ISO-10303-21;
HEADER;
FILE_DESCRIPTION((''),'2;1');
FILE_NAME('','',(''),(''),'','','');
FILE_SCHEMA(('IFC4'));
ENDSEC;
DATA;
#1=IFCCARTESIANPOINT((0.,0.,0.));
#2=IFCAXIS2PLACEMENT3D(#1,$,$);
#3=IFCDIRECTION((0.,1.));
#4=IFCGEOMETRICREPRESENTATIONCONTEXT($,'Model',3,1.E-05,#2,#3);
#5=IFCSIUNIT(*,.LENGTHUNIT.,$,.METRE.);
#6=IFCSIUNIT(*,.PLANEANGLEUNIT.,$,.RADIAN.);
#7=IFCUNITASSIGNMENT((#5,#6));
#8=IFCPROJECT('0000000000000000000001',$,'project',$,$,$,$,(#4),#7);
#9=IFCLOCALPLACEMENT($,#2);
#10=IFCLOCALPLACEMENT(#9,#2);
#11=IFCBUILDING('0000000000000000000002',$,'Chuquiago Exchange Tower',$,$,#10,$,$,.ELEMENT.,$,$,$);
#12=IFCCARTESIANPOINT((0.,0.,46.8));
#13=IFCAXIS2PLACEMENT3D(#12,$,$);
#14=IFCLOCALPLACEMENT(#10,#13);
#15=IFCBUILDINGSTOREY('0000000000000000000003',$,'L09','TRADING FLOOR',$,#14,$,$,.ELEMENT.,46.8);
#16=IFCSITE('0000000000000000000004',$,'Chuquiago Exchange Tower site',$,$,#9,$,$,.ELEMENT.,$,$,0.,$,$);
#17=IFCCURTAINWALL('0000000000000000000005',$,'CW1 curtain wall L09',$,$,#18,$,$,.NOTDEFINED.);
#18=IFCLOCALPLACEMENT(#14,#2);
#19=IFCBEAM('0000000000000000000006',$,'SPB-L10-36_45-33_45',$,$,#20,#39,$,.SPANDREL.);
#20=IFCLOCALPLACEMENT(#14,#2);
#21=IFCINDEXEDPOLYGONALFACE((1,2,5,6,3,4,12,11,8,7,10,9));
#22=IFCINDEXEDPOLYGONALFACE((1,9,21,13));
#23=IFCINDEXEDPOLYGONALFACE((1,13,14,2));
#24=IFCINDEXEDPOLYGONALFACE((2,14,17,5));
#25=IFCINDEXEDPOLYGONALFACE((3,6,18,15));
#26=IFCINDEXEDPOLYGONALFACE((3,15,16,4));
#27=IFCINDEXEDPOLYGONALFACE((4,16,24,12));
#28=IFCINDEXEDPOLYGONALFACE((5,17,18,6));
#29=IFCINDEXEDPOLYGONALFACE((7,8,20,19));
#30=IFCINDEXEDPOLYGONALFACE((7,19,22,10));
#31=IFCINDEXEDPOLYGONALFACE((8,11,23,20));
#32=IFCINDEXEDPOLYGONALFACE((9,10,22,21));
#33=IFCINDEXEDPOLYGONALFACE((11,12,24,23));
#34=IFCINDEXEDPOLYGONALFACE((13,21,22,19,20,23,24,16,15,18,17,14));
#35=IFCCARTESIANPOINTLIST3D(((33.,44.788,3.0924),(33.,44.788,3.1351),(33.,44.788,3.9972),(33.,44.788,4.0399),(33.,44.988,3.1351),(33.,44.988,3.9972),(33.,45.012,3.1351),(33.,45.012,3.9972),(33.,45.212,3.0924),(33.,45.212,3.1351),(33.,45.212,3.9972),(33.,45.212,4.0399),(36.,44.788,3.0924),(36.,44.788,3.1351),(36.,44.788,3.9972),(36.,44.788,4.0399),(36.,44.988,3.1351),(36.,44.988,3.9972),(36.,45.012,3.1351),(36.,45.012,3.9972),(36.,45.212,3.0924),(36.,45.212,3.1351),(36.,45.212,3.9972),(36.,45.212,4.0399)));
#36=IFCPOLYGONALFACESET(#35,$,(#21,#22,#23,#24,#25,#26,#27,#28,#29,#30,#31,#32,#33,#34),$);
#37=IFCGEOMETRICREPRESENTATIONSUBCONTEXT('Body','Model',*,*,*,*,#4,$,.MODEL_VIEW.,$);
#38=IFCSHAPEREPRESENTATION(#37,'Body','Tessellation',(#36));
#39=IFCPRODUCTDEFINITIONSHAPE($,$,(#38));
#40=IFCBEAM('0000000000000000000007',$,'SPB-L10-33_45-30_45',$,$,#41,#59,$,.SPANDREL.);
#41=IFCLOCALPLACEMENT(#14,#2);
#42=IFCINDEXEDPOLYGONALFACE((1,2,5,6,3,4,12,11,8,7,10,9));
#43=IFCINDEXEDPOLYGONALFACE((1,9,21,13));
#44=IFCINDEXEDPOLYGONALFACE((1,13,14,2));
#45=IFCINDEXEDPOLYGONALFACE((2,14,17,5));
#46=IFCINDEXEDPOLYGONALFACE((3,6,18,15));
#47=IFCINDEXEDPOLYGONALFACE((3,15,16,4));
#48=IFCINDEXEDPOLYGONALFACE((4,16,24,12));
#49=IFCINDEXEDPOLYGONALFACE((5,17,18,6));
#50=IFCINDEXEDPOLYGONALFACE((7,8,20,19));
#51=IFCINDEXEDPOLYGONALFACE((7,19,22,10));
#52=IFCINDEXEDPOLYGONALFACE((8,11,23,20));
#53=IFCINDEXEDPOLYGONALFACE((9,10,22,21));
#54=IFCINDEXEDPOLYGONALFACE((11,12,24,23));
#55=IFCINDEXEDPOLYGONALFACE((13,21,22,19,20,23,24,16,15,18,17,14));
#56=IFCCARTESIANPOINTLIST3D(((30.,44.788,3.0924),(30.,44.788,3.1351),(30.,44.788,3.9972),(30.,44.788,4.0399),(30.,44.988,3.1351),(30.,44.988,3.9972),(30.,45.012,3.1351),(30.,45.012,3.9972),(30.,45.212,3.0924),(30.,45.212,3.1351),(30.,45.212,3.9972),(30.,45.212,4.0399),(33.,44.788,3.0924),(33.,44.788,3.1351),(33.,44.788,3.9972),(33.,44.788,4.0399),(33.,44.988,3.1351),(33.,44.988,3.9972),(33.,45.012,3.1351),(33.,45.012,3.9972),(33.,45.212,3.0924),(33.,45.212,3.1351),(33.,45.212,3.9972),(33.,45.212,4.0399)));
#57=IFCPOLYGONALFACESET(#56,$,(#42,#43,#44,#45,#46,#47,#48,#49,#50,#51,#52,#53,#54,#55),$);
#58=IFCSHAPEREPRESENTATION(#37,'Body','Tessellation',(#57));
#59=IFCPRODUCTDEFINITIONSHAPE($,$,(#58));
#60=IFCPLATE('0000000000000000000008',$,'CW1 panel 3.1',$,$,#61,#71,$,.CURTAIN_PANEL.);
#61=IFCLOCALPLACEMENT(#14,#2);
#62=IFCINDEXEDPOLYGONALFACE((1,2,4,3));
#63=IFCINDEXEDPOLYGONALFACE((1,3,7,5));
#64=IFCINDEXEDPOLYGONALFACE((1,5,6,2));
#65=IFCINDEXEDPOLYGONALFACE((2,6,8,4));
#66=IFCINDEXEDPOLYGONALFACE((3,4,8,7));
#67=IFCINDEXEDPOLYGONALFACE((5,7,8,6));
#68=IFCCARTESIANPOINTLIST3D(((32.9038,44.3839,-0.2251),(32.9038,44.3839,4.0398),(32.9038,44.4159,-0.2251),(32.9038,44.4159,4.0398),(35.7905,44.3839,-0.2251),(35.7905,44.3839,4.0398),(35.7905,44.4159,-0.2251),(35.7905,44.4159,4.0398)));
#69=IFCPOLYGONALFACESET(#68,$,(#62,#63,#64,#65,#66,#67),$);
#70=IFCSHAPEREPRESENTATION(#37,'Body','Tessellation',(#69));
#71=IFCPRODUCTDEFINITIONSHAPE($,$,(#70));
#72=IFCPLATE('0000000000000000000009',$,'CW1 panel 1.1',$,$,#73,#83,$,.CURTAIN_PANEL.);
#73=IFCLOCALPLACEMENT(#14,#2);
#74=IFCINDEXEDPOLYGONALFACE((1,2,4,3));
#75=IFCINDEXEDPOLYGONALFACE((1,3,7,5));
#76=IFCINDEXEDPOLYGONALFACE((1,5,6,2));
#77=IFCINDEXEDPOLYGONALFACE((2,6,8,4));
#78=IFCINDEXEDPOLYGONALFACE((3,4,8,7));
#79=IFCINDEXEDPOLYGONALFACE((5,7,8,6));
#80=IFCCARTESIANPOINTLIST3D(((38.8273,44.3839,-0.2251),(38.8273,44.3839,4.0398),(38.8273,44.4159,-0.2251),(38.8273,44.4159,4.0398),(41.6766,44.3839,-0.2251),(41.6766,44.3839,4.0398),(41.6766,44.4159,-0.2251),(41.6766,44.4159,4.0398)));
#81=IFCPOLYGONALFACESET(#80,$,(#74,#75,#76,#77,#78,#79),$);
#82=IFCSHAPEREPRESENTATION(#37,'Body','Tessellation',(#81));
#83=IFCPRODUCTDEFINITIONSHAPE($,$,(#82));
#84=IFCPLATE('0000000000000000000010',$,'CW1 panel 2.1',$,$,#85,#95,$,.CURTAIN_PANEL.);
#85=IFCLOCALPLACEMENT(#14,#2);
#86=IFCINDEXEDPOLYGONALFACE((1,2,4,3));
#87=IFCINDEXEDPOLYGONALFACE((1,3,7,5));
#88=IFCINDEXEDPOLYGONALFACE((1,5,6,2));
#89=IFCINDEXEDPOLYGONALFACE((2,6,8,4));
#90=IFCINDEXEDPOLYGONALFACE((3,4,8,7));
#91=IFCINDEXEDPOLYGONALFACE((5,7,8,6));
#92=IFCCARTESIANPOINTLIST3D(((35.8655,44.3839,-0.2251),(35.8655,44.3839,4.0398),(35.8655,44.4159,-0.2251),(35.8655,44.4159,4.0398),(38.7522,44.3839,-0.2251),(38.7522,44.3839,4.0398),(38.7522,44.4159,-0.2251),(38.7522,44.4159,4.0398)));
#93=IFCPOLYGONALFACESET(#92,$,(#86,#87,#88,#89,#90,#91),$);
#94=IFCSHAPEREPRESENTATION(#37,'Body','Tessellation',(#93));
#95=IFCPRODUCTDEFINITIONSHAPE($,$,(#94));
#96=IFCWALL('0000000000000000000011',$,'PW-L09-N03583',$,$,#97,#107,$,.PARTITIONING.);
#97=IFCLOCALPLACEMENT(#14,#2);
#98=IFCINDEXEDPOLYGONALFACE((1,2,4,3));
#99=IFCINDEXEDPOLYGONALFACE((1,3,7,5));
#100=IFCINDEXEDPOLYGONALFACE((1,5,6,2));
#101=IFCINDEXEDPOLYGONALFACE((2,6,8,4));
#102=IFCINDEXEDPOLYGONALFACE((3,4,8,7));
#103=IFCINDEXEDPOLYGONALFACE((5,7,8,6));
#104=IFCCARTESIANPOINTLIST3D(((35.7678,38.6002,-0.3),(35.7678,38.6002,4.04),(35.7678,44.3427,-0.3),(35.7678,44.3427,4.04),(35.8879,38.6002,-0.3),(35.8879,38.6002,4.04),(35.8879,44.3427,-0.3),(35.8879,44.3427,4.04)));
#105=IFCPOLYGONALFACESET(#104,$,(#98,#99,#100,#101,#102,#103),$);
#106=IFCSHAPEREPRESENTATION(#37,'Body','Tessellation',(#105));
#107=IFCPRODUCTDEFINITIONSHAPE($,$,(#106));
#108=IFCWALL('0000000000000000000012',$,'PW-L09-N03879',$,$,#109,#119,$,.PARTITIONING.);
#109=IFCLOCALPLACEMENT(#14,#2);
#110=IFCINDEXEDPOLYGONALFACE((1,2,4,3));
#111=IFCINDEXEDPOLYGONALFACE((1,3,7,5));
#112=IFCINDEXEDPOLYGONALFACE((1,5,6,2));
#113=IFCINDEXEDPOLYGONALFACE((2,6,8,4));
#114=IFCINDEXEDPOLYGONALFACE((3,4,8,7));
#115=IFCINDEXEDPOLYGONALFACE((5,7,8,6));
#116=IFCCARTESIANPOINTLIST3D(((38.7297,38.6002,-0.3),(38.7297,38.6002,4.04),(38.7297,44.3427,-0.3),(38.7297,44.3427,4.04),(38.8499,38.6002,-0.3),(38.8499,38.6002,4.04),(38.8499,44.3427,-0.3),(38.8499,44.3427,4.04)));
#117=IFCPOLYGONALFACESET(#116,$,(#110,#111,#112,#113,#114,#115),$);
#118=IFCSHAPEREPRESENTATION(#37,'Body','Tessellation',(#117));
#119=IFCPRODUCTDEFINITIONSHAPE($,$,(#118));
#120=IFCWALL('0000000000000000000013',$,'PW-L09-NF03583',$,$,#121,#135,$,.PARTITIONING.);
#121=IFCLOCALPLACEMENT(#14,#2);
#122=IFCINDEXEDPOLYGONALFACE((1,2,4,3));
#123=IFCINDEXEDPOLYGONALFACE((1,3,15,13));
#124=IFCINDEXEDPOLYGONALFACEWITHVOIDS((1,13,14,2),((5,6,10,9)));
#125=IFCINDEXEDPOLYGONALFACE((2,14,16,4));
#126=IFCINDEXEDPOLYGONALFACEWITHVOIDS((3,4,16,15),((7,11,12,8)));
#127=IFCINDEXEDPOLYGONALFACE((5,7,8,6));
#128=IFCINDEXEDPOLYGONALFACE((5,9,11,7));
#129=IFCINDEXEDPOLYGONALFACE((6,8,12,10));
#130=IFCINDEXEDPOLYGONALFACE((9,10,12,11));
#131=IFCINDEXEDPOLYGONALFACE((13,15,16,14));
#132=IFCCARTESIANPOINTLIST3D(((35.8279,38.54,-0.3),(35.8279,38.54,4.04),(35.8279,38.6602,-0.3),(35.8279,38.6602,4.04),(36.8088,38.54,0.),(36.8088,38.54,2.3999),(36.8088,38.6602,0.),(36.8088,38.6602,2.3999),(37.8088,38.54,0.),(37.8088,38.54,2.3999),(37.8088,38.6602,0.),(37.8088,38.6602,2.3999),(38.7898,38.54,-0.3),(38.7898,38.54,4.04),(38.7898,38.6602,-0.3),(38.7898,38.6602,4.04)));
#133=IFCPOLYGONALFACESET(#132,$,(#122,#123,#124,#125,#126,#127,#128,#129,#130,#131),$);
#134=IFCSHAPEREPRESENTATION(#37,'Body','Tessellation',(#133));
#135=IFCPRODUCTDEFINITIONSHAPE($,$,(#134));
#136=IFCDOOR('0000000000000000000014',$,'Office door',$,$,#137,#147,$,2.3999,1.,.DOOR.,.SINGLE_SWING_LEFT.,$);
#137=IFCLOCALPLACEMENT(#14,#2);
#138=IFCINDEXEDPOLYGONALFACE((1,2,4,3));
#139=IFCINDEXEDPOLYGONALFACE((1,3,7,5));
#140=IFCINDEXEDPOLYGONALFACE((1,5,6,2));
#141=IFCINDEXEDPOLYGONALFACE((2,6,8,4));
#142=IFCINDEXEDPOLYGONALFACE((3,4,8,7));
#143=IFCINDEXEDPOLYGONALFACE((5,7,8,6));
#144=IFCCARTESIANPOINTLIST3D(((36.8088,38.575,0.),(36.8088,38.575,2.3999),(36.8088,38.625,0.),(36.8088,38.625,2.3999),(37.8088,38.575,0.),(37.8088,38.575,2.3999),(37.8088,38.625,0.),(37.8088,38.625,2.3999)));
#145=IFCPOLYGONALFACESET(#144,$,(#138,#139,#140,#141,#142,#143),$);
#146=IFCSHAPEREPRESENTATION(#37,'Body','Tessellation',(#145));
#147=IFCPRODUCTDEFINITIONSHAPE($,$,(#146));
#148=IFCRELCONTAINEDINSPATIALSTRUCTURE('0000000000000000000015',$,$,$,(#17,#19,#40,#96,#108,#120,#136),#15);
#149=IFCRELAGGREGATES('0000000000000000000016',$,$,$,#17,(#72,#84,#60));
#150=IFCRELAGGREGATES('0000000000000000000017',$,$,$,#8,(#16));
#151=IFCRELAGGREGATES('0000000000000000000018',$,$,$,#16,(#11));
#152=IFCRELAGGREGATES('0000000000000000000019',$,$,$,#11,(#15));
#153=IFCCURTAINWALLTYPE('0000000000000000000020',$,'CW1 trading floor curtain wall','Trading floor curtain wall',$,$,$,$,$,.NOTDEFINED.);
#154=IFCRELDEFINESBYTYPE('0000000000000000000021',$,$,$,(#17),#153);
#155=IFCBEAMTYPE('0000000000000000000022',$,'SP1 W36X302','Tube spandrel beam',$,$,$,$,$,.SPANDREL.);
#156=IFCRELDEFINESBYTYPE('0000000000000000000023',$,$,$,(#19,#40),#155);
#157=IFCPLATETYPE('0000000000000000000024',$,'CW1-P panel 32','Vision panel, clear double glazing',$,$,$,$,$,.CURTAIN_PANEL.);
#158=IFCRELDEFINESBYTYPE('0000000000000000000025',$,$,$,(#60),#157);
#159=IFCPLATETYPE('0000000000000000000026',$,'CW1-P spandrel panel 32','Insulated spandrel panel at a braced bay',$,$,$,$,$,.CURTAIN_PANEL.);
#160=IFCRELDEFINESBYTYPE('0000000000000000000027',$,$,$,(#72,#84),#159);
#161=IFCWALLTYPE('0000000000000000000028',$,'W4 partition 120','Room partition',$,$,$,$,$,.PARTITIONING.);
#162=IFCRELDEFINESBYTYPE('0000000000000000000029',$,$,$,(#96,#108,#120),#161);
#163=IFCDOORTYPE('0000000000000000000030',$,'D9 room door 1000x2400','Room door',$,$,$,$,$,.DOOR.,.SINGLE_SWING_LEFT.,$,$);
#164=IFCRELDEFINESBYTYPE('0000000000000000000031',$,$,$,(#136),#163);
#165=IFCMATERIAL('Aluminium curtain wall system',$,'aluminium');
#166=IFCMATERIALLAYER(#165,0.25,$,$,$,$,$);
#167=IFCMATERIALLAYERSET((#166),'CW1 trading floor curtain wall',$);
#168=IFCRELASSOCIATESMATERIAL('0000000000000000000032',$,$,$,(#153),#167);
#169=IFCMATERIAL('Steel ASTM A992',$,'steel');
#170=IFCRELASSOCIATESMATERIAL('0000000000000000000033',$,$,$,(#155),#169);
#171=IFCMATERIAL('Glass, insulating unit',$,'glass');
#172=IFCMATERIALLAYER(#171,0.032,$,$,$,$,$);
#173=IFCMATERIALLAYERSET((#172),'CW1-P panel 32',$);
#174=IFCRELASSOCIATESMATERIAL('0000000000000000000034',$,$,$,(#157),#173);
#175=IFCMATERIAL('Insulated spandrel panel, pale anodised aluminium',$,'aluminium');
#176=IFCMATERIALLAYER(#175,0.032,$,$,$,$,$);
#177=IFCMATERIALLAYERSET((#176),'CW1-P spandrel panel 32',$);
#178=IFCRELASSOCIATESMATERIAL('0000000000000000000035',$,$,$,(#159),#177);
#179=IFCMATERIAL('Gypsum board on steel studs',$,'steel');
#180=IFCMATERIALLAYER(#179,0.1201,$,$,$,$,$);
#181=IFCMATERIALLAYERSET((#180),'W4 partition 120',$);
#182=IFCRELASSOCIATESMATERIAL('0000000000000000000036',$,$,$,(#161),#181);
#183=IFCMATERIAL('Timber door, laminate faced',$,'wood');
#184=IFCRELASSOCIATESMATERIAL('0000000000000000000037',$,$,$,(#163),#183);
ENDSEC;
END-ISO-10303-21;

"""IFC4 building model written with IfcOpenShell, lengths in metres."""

from ifc_helpers import new_model, si_unit, direction, frame, frame_2d, origin, origin_2d, place, context, subcontext, project, spatial, rectangle, i_section, extrude, material, layer, layer_set, material_profile, profile_set, type_object, element, fill, aggregate, save


model = new_model("IFC4")

# Units and contexts
model_context = context("Model", 3, precision=1e-05, world=origin(), true_north=direction((0.0, 1.0)))
body_context = subcontext(model_context, "Body", "Model", "MODEL_VIEW")
ifc_project = project(units=[si_unit("LENGTHUNIT", "METRE"), si_unit("PLANEANGLEUNIT", "RADIAN")], contexts=[model_context])

# Site, building, storey
site_placement = place(None, origin())
site = spatial("IfcSite", under=ifc_project, at=site_placement, Name="Chuquiago Exchange Tower site", CompositionType="ELEMENT", RefElevation=0.0)
building_placement = place(site_placement, origin())
building = spatial("IfcBuilding", under=site, at=building_placement, Name="Chuquiago Exchange Tower", CompositionType="ELEMENT")
storey_placement = place(building_placement, frame((0.0, 0.0, 46.8)))
storey = spatial("IfcBuildingStorey", under=building, at=storey_placement, Name="L09", Description="TRADING FLOOR", CompositionType="ELEMENT", Elevation=46.8)

# Curtain wall
ifc_material_1 = material(Name="Aluminium curtain wall system", Category="aluminium")
ifc_layer_1 = layer(ifc_material_1, 0.25)
ifc_layer_set_1 = layer_set([ifc_layer_1], Name="CW1 trading floor curtain wall")
curtain_wall_type = type_object("IfcCurtainWallType", Name="CW1 trading floor curtain wall", Description="Trading floor curtain wall", PredefinedType="NOTDEFINED", material=ifc_layer_set_1)
curtain_wall_placement = place(storey_placement, origin())
curtain_wall = element("IfcCurtainWall", 1, at=curtain_wall_placement, inside=storey, type_object=curtain_wall_type, Name="CW1 curtain wall L09", PredefinedType="NOTDEFINED")

# Beams
ifc_material_2 = material(Name="Steel ASTM A992", Category="steel")
ifc_material_profile_1 = material_profile(ifc_material_2, i_section(OverallWidth=0.4241, OverallDepth=0.9475, WebThickness=0.0239, FlangeThickness=0.0427, at=origin_2d()), Name="W36X302")
ifc_profile_set_1 = profile_set([ifc_material_profile_1], Name="Steel ASTM A992")
beam_type_1 = type_object("IfcBeamType", Name="SP1 W36X302", Description="Tube spandrel beam", PredefinedType="SPANDREL", material=ifc_profile_set_1)
for number, where, z_axis, x_axis, name in (
    (2, (36.0, 45.0, 3.5662), (-1.0, 0.0, 0.0), (0.0, -1.0, 0.0), "SPB-L10-36_45-33_45"),
    (3, (33.0, 45.0, 3.5662), (-1.0, 0.0, 0.0), (0.0, -1.0, 0.0), "SPB-L10-33_45-30_45"),
):
    element("IfcBeam", number, at=place(storey_placement, frame(where, z_axis=z_axis, x_axis=x_axis)), inside=storey, type_object=beam_type_1, Name=name, PredefinedType="SPANDREL", context=body_context, shape_type="SweptSolid", body=[
        extrude(i_section(OverallWidth=0.4241, OverallDepth=0.9475, WebThickness=0.0239, FlangeThickness=0.0427, at=origin_2d()), origin(), (0.0, 0.0, 1.0), 3.0),
    ])

# Plates
ifc_material_3 = material(Name="Glass, insulating unit", Category="glass")
ifc_layer_2 = layer(ifc_material_3, 0.032)
ifc_layer_set_2 = layer_set([ifc_layer_2], Name="CW1-P panel 32")
plate_type_1 = type_object("IfcPlateType", Name="CW1-P panel 32", Description="Vision panel, clear double glazing", PredefinedType="CURTAIN_PANEL", material=ifc_layer_set_2)
plate_1_placement = place(storey_placement, frame((34.3472, 44.3999, -0.2251), z_axis=(0.0, 0.0, 1.0), x_axis=(-1.0, 0.0, 0.0)))
plate_1 = element("IfcPlate", 4, at=plate_1_placement, type_object=plate_type_1, Name="CW1 panel 3.1", PredefinedType="CURTAIN_PANEL", context=body_context, shape_type="SweptSolid", body=[
    extrude(rectangle(XDim=2.8867, YDim=0.032, at=origin_2d()), origin(), (0.0, 0.0, 1.0), 4.2649),
])
ifc_material_4 = material(Name="Insulated spandrel panel, pale anodised aluminium", Category="aluminium")
ifc_layer_3 = layer(ifc_material_4, 0.032)
ifc_layer_set_3 = layer_set([ifc_layer_3], Name="CW1-P spandrel panel 32")
plate_type_2 = type_object("IfcPlateType", Name="CW1-P spandrel panel 32", Description="Insulated spandrel panel at a braced bay", PredefinedType="CURTAIN_PANEL", material=ifc_layer_set_3)
plate_2_placement = place(storey_placement, frame((40.252, 44.3999, -0.2251), z_axis=(0.0, 0.0, 1.0), x_axis=(-1.0, 0.0, 0.0)))
plate_2 = element("IfcPlate", 5, at=plate_2_placement, type_object=plate_type_2, Name="CW1 panel 1.1", PredefinedType="CURTAIN_PANEL", context=body_context, shape_type="SweptSolid", body=[
    extrude(rectangle(XDim=2.8494, YDim=0.032, at=origin_2d()), origin(), (0.0, 0.0, 1.0), 4.2649),
])
plate_3_placement = place(storey_placement, frame((37.3088, 44.3999, -0.2251), z_axis=(0.0, 0.0, 1.0), x_axis=(-1.0, 0.0, 0.0)))
plate_3 = element("IfcPlate", 6, at=plate_3_placement, type_object=plate_type_2, Name="CW1 panel 2.1", PredefinedType="CURTAIN_PANEL", context=body_context, shape_type="SweptSolid", body=[
    extrude(rectangle(XDim=2.8867, YDim=0.032, at=origin_2d()), origin(), (0.0, 0.0, 1.0), 4.2649),
])
aggregate(curtain_wall, [plate_2, plate_3, plate_1])

# Walls
ifc_material_5 = material(Name="Gypsum board on steel studs", Category="steel")
ifc_layer_4 = layer(ifc_material_5, 0.1201)
ifc_layer_set_4 = layer_set([ifc_layer_4], Name="W4 partition 120")
wall_type = type_object("IfcWallType", Name="W4 partition 120", Description="Room partition", PredefinedType="PARTITIONING", material=ifc_layer_set_4)
for number, where, z_axis, x_axis, name in (
    (7, (35.8279, 44.3425, -0.3), (0.0, 0.0, 1.0), (0.0, -1.0, 0.0), "PW-L09-N03583"),
    (8, (38.7898, 44.3425, -0.3), (0.0, 0.0, 1.0), (0.0, -1.0, 0.0), "PW-L09-N03879"),
):
    element("IfcWall", number, at=place(storey_placement, frame(where, z_axis=z_axis, x_axis=x_axis)), inside=storey, type_object=wall_type, Name=name, PredefinedType="PARTITIONING", context=body_context, shape_type="SweptSolid", body=[
        extrude(rectangle(XDim=5.7424, YDim=0.1201, at=frame_2d((2.8711, 0.0))), origin(), (0.0, 0.0, 1.0), 4.3401),
    ])

# Wall, opening, door
wall_placement = place(storey_placement, frame((35.8279, 38.6001, -0.3), z_axis=(0.0, 0.0, 1.0), x_axis=(1.0, 0.0, 0.0)))
wall = element("IfcWall", 9, at=wall_placement, inside=storey, type_object=wall_type, Name="PW-L09-NF03583", PredefinedType="PARTITIONING", context=body_context, shape_type="SweptSolid", body=[
    extrude(rectangle(XDim=2.9619, YDim=0.1201, at=frame_2d((1.481, 0.0))), origin(), (0.0, 0.0, 1.0), 4.3401),
])
opening_placement = place(wall_placement, frame((0.981, 0.0, 0.3)))
opening = element("IfcOpeningElement", 10, at=opening_placement, cuts=wall, PredefinedType="OPENING", context=body_context, shape_type="SweptSolid", body=[
    extrude(rectangle(XDim=1.0, YDim=2.3999, at=frame_2d((0.5, 1.2))), frame((0.0, 0.0701, 0.0), z_axis=(0.0, -1.0, 0.0), x_axis=(1.0, 0.0, 0.0)), (0.0, 0.0, 1.0), 0.1401),
])
ifc_material_6 = material(Name="Timber door, laminate faced", Category="wood")
door_type = type_object("IfcDoorType", Name="D9 room door 1000x2400", Description="Room door", OperationType="SINGLE_SWING_LEFT", PredefinedType="DOOR", material=ifc_material_6)
door_placement = place(opening_placement, origin())
door = element("IfcDoor", 11, at=door_placement, inside=storey, type_object=door_type, Name="Office door", OperationType="SINGLE_SWING_LEFT", OverallHeight=2.3999, OverallWidth=1.0, PredefinedType="DOOR", context=body_context, shape_type="SweptSolid", body=[
    extrude(rectangle(XDim=1.0, YDim=2.3999, at=frame_2d((0.5, 1.2))), frame((0.0, 0.0249, 0.0), z_axis=(0.0, -1.0, 0.0), x_axis=(1.0, 0.0, 0.0)), (0.0, 0.0, 1.0), 0.05),
])
fill(opening, door)

save(model, "model.ifc")
